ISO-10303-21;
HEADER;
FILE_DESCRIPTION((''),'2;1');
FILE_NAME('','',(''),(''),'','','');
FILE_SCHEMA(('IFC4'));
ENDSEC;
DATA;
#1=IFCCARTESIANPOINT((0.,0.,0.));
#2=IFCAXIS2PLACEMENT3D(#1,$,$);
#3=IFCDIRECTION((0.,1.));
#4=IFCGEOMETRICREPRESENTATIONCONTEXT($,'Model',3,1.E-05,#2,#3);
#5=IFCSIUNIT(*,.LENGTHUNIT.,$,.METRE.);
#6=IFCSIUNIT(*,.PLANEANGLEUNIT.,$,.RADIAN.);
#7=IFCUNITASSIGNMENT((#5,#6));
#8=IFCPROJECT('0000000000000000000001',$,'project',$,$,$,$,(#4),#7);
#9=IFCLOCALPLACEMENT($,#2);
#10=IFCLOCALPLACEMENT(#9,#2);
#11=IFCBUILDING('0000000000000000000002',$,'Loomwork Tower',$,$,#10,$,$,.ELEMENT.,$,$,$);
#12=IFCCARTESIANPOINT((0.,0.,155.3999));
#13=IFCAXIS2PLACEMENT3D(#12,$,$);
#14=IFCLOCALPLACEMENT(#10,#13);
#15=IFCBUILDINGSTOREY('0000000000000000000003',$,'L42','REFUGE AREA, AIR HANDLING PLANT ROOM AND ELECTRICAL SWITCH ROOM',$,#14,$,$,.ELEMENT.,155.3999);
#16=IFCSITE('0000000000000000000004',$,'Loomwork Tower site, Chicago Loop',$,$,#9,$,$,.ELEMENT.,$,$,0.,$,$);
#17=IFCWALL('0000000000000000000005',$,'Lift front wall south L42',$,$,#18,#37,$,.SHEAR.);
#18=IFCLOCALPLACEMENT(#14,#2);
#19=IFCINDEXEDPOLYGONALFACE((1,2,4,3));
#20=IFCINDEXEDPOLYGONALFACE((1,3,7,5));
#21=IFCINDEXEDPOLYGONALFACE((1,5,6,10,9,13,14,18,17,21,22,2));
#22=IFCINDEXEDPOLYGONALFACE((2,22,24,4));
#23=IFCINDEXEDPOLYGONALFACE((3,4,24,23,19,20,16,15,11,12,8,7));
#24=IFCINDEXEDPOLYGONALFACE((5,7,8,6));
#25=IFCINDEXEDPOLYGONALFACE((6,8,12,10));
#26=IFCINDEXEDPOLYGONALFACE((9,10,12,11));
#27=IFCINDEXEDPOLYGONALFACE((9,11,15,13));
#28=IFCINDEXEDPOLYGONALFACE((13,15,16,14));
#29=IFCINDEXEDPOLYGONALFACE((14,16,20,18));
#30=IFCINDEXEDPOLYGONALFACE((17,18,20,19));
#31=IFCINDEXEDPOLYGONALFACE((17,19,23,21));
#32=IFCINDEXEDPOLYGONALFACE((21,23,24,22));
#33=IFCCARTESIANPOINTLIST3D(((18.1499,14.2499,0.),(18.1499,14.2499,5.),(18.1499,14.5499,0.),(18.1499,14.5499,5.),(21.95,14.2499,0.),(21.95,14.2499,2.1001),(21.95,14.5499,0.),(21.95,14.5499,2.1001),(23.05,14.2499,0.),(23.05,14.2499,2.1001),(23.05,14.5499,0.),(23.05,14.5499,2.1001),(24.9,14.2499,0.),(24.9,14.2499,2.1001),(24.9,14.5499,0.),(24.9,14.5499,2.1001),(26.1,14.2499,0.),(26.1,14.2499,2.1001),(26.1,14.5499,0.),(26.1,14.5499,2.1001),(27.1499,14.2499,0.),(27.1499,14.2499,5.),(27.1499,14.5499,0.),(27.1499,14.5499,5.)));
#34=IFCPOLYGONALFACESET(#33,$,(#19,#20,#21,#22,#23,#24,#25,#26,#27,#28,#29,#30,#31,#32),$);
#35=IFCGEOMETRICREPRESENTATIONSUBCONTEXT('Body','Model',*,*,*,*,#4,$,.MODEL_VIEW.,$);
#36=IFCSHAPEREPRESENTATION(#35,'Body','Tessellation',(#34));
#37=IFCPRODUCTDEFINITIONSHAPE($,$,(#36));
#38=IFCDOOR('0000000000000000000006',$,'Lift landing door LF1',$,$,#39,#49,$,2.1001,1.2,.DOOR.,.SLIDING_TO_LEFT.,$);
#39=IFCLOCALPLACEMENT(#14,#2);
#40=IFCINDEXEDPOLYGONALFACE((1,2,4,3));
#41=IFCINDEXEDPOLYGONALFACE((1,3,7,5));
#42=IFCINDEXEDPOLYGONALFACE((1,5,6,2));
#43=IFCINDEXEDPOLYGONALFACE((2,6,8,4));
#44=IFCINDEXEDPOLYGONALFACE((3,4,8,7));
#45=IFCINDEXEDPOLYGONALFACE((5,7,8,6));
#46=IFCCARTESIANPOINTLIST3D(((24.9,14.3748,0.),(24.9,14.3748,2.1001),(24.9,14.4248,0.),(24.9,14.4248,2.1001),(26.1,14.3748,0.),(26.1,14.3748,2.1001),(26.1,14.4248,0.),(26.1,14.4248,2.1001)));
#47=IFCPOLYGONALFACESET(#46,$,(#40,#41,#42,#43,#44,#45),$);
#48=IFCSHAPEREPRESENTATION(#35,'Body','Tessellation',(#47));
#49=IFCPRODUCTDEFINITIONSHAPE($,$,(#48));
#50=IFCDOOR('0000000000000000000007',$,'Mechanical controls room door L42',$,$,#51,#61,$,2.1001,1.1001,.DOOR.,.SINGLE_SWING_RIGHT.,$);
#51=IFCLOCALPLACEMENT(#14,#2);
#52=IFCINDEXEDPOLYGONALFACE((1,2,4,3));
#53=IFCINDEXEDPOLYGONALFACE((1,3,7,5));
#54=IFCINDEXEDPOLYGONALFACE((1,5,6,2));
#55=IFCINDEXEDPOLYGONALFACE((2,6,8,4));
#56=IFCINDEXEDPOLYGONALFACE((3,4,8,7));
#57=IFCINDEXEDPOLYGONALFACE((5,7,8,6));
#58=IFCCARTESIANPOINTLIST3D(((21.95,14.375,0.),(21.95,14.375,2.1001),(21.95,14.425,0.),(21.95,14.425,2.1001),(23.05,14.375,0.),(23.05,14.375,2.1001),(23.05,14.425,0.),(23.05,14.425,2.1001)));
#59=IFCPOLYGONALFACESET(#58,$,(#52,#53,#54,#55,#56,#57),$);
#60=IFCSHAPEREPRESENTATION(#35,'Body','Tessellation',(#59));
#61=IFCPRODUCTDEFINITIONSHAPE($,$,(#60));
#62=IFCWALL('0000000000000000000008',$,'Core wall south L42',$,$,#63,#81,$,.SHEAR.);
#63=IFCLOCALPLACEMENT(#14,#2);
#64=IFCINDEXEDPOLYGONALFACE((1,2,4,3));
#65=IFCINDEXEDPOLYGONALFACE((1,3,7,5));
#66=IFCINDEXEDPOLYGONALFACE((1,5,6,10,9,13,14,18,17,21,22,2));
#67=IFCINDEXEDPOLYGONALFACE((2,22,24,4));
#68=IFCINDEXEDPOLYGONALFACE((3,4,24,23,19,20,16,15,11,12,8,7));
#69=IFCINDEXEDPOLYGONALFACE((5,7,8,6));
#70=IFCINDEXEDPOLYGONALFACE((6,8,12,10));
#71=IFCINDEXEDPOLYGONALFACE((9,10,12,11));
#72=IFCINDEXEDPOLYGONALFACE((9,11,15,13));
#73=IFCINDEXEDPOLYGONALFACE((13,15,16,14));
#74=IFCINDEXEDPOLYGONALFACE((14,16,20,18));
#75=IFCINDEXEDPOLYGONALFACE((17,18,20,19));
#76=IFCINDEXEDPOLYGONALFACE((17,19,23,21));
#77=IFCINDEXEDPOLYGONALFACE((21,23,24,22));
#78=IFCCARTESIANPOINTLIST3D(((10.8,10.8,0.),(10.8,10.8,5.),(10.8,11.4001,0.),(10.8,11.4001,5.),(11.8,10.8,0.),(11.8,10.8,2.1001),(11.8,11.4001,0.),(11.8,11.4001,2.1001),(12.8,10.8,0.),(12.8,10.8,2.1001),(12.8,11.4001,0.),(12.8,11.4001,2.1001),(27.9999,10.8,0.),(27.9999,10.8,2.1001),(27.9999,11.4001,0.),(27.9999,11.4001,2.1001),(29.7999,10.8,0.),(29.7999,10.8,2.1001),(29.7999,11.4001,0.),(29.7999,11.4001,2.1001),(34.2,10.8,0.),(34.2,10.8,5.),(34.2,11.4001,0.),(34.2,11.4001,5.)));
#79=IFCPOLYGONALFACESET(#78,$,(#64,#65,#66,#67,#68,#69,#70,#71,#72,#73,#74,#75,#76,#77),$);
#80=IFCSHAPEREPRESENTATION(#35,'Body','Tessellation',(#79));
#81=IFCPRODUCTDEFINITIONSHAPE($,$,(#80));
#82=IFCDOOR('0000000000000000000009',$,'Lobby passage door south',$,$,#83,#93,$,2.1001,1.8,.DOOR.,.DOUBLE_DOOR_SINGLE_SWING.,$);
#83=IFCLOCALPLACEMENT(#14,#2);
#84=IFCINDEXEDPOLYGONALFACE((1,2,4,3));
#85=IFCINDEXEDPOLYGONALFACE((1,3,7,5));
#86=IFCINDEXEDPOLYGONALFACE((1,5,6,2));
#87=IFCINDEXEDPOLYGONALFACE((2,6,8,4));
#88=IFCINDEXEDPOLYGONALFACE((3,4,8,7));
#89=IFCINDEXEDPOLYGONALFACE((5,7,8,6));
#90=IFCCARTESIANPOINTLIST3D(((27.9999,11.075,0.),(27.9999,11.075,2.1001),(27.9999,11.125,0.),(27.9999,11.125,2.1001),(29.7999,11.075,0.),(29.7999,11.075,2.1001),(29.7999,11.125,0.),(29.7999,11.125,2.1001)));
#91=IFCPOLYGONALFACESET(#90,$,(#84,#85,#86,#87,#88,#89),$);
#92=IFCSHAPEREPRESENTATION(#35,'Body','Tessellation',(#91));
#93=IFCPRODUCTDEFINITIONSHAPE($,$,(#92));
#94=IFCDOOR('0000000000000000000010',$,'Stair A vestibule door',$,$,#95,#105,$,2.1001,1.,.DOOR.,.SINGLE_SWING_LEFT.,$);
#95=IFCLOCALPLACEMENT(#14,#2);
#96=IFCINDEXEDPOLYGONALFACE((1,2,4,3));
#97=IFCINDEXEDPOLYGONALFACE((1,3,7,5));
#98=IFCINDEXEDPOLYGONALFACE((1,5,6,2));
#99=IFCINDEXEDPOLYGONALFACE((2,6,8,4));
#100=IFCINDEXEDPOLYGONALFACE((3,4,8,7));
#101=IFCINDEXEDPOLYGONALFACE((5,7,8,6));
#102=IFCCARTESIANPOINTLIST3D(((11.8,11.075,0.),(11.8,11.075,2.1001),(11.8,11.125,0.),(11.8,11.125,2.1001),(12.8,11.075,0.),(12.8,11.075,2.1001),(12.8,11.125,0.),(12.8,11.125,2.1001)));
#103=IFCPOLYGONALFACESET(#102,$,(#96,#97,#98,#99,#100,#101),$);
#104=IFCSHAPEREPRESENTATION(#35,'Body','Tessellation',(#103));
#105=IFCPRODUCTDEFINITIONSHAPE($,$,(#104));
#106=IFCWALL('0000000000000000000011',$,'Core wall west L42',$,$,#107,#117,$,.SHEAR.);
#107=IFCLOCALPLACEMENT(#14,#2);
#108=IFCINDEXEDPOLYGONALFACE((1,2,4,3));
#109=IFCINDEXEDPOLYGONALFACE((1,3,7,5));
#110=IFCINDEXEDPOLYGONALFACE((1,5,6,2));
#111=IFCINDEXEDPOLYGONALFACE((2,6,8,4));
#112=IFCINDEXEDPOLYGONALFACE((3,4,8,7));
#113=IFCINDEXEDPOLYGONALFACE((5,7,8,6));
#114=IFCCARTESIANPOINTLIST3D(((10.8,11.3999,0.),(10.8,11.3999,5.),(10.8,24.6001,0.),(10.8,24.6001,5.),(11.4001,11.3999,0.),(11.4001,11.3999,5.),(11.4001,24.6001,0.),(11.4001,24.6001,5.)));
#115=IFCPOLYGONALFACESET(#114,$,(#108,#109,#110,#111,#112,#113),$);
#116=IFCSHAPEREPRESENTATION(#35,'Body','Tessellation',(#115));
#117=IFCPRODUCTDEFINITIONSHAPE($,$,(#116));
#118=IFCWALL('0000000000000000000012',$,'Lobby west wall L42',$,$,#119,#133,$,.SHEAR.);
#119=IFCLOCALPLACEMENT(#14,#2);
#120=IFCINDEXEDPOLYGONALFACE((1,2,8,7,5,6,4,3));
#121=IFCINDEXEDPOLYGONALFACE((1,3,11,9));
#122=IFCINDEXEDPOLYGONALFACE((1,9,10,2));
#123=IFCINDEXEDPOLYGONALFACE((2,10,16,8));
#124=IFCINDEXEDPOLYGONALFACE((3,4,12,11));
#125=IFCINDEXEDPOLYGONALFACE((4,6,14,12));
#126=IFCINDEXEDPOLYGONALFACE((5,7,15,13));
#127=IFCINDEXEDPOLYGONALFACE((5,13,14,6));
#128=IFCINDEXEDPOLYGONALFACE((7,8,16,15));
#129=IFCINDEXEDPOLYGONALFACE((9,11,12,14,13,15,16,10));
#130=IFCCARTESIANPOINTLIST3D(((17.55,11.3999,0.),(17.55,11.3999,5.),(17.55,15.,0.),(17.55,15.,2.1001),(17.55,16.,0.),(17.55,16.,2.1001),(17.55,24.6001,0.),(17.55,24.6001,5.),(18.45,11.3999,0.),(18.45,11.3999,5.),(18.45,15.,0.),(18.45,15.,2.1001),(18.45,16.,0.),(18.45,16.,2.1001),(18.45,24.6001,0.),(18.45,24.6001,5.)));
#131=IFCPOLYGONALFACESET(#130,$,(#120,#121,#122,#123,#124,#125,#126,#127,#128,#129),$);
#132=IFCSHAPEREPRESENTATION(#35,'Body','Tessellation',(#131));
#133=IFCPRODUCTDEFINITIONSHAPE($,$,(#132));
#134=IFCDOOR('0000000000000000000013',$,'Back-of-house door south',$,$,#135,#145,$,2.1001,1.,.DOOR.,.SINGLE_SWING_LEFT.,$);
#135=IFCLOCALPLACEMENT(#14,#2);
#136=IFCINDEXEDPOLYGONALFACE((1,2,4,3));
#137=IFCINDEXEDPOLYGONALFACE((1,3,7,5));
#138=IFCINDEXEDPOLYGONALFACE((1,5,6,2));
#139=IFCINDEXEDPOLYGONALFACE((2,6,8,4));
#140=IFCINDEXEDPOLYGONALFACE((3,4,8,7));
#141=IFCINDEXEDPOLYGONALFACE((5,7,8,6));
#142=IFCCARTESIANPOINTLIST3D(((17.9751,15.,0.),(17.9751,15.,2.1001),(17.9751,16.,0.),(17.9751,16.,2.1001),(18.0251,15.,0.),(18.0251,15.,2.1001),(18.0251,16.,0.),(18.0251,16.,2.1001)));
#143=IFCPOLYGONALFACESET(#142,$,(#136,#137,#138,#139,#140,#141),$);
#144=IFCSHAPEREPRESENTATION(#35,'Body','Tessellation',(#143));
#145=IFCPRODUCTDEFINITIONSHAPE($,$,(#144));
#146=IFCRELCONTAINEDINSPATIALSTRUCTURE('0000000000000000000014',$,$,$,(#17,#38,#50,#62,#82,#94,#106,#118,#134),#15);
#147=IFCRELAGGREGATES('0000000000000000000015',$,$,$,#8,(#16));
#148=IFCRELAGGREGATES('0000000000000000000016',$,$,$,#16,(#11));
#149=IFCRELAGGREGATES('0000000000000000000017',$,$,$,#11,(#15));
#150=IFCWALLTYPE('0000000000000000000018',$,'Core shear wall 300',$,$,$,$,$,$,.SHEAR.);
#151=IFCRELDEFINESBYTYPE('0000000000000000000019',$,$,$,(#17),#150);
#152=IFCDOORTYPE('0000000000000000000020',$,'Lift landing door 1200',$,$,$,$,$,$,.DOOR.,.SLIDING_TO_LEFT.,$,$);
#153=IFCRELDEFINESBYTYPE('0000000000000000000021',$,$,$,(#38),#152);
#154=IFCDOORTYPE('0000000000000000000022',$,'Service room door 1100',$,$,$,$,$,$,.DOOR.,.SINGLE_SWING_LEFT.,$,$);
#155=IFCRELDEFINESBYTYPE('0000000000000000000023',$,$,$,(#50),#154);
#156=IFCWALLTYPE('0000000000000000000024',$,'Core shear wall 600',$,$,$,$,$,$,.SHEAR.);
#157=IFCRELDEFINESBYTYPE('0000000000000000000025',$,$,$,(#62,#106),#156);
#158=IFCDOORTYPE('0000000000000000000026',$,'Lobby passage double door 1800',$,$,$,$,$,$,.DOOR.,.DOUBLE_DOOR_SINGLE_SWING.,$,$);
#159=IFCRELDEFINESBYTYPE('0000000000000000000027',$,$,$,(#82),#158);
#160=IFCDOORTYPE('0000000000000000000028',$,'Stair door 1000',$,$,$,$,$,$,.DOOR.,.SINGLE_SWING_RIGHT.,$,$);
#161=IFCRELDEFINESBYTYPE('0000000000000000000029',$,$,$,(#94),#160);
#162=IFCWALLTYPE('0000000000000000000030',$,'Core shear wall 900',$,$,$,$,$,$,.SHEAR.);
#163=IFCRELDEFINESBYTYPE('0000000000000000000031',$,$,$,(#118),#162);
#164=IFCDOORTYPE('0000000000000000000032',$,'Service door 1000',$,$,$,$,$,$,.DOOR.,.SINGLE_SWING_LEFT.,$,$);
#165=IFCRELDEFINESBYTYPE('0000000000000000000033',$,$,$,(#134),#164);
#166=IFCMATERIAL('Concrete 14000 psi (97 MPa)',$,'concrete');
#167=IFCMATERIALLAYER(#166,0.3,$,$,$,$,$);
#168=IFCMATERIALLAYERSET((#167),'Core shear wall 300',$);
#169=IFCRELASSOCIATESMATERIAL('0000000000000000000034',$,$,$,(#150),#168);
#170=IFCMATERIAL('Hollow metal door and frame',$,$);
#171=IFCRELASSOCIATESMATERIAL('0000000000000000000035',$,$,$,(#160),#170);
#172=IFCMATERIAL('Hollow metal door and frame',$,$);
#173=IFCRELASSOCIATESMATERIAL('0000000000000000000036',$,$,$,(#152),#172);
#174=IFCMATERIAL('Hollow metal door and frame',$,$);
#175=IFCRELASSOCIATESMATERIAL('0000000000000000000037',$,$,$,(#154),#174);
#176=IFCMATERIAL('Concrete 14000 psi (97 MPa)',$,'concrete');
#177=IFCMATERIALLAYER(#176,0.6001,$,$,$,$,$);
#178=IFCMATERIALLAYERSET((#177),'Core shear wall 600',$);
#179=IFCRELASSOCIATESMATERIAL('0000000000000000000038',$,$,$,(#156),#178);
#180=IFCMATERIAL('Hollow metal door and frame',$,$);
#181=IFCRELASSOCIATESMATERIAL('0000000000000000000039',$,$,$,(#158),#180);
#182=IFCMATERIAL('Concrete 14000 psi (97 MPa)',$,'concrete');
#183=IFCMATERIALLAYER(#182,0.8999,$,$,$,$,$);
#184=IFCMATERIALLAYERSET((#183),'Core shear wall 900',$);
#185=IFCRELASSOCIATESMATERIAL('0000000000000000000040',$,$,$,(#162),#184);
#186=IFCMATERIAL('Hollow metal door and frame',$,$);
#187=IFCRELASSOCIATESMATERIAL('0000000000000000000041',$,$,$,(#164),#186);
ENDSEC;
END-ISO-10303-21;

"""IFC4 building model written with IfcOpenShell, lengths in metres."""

from ifc_helpers import new_model, si_unit, direction, frame, frame_2d, origin, place, context, subcontext, project, spatial, rectangle, extrude, material, layer, layer_set, type_object, element, fill, save


model = new_model("IFC4")

# Units and contexts
model_context = context("Model", 3, precision=1e-05, world=origin(), true_north=direction((0.0, 1.0)))
body_context = subcontext(model_context, "Body", "Model", "MODEL_VIEW")
ifc_project = project(units=[si_unit("LENGTHUNIT", "METRE"), si_unit("PLANEANGLEUNIT", "RADIAN")], contexts=[model_context])

# Site, building, storey
site_placement = place(None, origin())
site = spatial("IfcSite", under=ifc_project, at=site_placement, Name="Loomwork Tower site, Chicago Loop", CompositionType="ELEMENT", RefElevation=0.0)
building_placement = place(site_placement, origin())
building = spatial("IfcBuilding", under=site, at=building_placement, Name="Loomwork Tower", CompositionType="ELEMENT")
storey_placement = place(building_placement, frame((0.0, 0.0, 155.3999)))
storey = spatial("IfcBuildingStorey", under=building, at=storey_placement, Name="L42", Description="REFUGE AREA, AIR HANDLING PLANT ROOM AND ELECTRICAL SWITCH ROOM", CompositionType="ELEMENT", Elevation=155.3999)

# Shared definitions
ifc_material_1 = material(Name="Concrete 14000 psi (97 MPa)", Category="concrete")
ifc_layer_1 = layer(ifc_material_1, 0.3)
ifc_layer_set_1 = layer_set([ifc_layer_1], Name="Core shear wall 300")
wall_type_1 = type_object("IfcWallType", Name="Core shear wall 300", PredefinedType="SHEAR", material=ifc_layer_set_1)

# Shared definitions
ifc_material_2 = material(Name="Hollow metal door and frame")
door_type_1 = type_object("IfcDoorType", Name="Stair door 1000", OperationType="SINGLE_SWING_RIGHT", PredefinedType="DOOR", material=ifc_material_2)

# Walls, openings, doors
wall_1_placement = place(storey_placement, frame((18.1499, 14.3999, 0.0), z_axis=(0.0, 0.0, 1.0), x_axis=(1.0, 0.0, 0.0)))
wall_1 = element("IfcWall", 1, at=wall_1_placement, inside=storey, type_object=wall_type_1, Name="Lift front wall south L42", PredefinedType="SHEAR", context=body_context, shape_type="SweptSolid", body=[
    extrude(rectangle(XDim=9.0, YDim=0.3, at=frame_2d((4.5, 0.0))), origin(), (0.0, 0.0, 1.0), 5.0),
])
opening_1_placement = place(wall_1_placement, frame((6.75, 0.0, 0.0)))
opening_1 = element("IfcOpeningElement", 2, at=opening_1_placement, cuts=wall_1, PredefinedType="OPENING", context=body_context, shape_type="SweptSolid", body=[
    extrude(rectangle(XDim=1.2, YDim=2.1001, at=frame_2d((0.6001, 1.05))), frame((0.0, 0.1599, 0.0), z_axis=(0.0, -1.0, 0.0), x_axis=(1.0, 0.0, 0.0)), (0.0, 0.0, 1.0), 0.3201),
])
opening_2_placement = place(wall_1_placement, frame((3.8, 0.0, 0.0)))
opening_2 = element("IfcOpeningElement", 3, at=opening_2_placement, cuts=wall_1, PredefinedType="OPENING", context=body_context, shape_type="SweptSolid", body=[
    extrude(rectangle(XDim=1.1001, YDim=2.1001, at=frame_2d((0.55, 1.05))), frame((0.0, 0.1599, 0.0), z_axis=(0.0, -1.0, 0.0), x_axis=(1.0, 0.0, 0.0)), (0.0, 0.0, 1.0), 0.3201),
])
ifc_material_3 = material(Name="Hollow metal door and frame")
door_type_2 = type_object("IfcDoorType", Name="Lift landing door 1200", OperationType="SLIDING_TO_LEFT", PredefinedType="DOOR", material=ifc_material_3)
door_1_placement = place(opening_1_placement, origin())
door_1 = element("IfcDoor", 4, at=door_1_placement, inside=storey, type_object=door_type_2, Name="Lift landing door LF1", OperationType="SLIDING_TO_LEFT", OverallHeight=2.1001, OverallWidth=1.2, PredefinedType="DOOR", context=body_context, shape_type="SweptSolid", body=[
    extrude(rectangle(XDim=1.2, YDim=2.1001, at=frame_2d((0.6001, 1.05))), frame((0.0, 0.0249, 0.0), z_axis=(0.0, -1.0, 0.0), x_axis=(1.0, 0.0, 0.0)), (0.0, 0.0, 1.0), 0.05),
])
fill(opening_1, door_1)
ifc_material_4 = material(Name="Hollow metal door and frame")
door_type_3 = type_object("IfcDoorType", Name="Service room door 1100", OperationType="SINGLE_SWING_LEFT", PredefinedType="DOOR", material=ifc_material_4)
door_2_placement = place(opening_2_placement, frame((1.1001, 0.0, 0.0), z_axis=(0.0, 0.0, 1.0), x_axis=(-1.0, 0.0, 0.0)))
door_2 = element("IfcDoor", 5, at=door_2_placement, inside=storey, type_object=door_type_3, Name="Mechanical controls room door L42", OperationType="SINGLE_SWING_RIGHT", OverallHeight=2.1001, OverallWidth=1.1001, PredefinedType="DOOR", context=body_context, shape_type="SweptSolid", body=[
    extrude(rectangle(XDim=1.1001, YDim=2.1001, at=frame_2d((0.55, 1.05))), frame((0.0, 0.0249, 0.0), z_axis=(0.0, -1.0, 0.0), x_axis=(1.0, 0.0, 0.0)), (0.0, 0.0, 1.0), 0.05),
])
fill(opening_2, door_2)
ifc_material_5 = material(Name="Concrete 14000 psi (97 MPa)", Category="concrete")
ifc_layer_2 = layer(ifc_material_5, 0.6001)
ifc_layer_set_2 = layer_set([ifc_layer_2], Name="Core shear wall 600")
wall_type_2 = type_object("IfcWallType", Name="Core shear wall 600", PredefinedType="SHEAR", material=ifc_layer_set_2)
wall_2_placement = place(storey_placement, frame((10.8, 11.1001, 0.0), z_axis=(0.0, 0.0, 1.0), x_axis=(1.0, 0.0, 0.0)))
wall_2 = element("IfcWall", 6, at=wall_2_placement, inside=storey, type_object=wall_type_2, Name="Core wall south L42", PredefinedType="SHEAR", context=body_context, shape_type="SweptSolid", body=[
    extrude(rectangle(XDim=23.3999, YDim=0.6001, at=frame_2d((11.7, 0.0))), origin(), (0.0, 0.0, 1.0), 5.0),
])
opening_3_placement = place(wall_2_placement, frame((1.0, 0.0, 0.0)))
opening_3 = element("IfcOpeningElement", 7, at=opening_3_placement, cuts=wall_2, PredefinedType="OPENING", context=body_context, shape_type="SweptSolid", body=[
    extrude(rectangle(XDim=1.0, YDim=2.1001, at=frame_2d((0.5, 1.05))), frame((0.0, 0.3101, 0.0), z_axis=(0.0, -1.0, 0.0), x_axis=(1.0, 0.0, 0.0)), (0.0, 0.0, 1.0), 0.6201),
])
opening_4_placement = place(wall_2_placement, frame((17.2, 0.0, 0.0)))
opening_4 = element("IfcOpeningElement", 8, at=opening_4_placement, cuts=wall_2, PredefinedType="OPENING", context=body_context, shape_type="SweptSolid", body=[
    extrude(rectangle(XDim=1.8, YDim=2.1001, at=frame_2d((0.8999, 1.05))), frame((0.0, 0.3101, 0.0), z_axis=(0.0, -1.0, 0.0), x_axis=(1.0, 0.0, 0.0)), (0.0, 0.0, 1.0), 0.6201),
])
ifc_material_6 = material(Name="Hollow metal door and frame")
door_type_4 = type_object("IfcDoorType", Name="Lobby passage double door 1800", OperationType="DOUBLE_DOOR_SINGLE_SWING", PredefinedType="DOOR", material=ifc_material_6)
door_3_placement = place(opening_4_placement, origin())
door_3 = element("IfcDoor", 9, at=door_3_placement, inside=storey, type_object=door_type_4, Name="Lobby passage door south", OperationType="DOUBLE_DOOR_SINGLE_SWING", OverallHeight=2.1001, OverallWidth=1.8, PredefinedType="DOOR", context=body_context, shape_type="SweptSolid", body=[
    extrude(rectangle(XDim=1.8, YDim=2.1001, at=frame_2d((0.8999, 1.05))), frame((0.0, 0.0249, 0.0), z_axis=(0.0, -1.0, 0.0), x_axis=(1.0, 0.0, 0.0)), (0.0, 0.0, 1.0), 0.05),
])
fill(opening_4, door_3)
door_4_placement = place(opening_3_placement, origin())
door_4 = element("IfcDoor", 10, at=door_4_placement, inside=storey, type_object=door_type_1, Name="Stair A vestibule door", OperationType="SINGLE_SWING_LEFT", OverallHeight=2.1001, OverallWidth=1.0, PredefinedType="DOOR", context=body_context, shape_type="SweptSolid", body=[
    extrude(rectangle(XDim=1.0, YDim=2.1001, at=frame_2d((0.5, 1.05))), frame((0.0, 0.0249, 0.0), z_axis=(0.0, -1.0, 0.0), x_axis=(1.0, 0.0, 0.0)), (0.0, 0.0, 1.0), 0.05),
])
fill(opening_3, door_4)

# Wall
wall_3_placement = place(storey_placement, frame((11.1001, 11.3999, 0.0), z_axis=(0.0, 0.0, 1.0), x_axis=(0.0, 1.0, 0.0)))
element("IfcWall", 11, at=wall_3_placement, inside=storey, type_object=wall_type_2, Name="Core wall west L42", PredefinedType="SHEAR", context=body_context, shape_type="SweptSolid", body=[
    extrude(rectangle(XDim=13.2002, YDim=0.6001, at=frame_2d((6.6001, 0.0))), origin(), (0.0, 0.0, 1.0), 5.0),
])

# Wall, opening, door
ifc_material_7 = material(Name="Concrete 14000 psi (97 MPa)", Category="concrete")
ifc_layer_3 = layer(ifc_material_7, 0.8999)
ifc_layer_set_3 = layer_set([ifc_layer_3], Name="Core shear wall 900")
wall_type_3 = type_object("IfcWallType", Name="Core shear wall 900", PredefinedType="SHEAR", material=ifc_layer_set_3)
wall_4_placement = place(storey_placement, frame((18.0, 11.3999, 0.0), z_axis=(0.0, 0.0, 1.0), x_axis=(0.0, 1.0, 0.0)))
wall_4 = element("IfcWall", 12, at=wall_4_placement, inside=storey, type_object=wall_type_3, Name="Lobby west wall L42", PredefinedType="SHEAR", context=body_context, shape_type="SweptSolid", body=[
    extrude(rectangle(XDim=13.2002, YDim=0.8999, at=frame_2d((6.6001, 0.0))), origin(), (0.0, 0.0, 1.0), 5.0),
])
opening_5_placement = place(wall_4_placement, frame((3.6001, 0.0, 0.0)))
opening_5 = element("IfcOpeningElement", 13, at=opening_5_placement, cuts=wall_4, PredefinedType="OPENING", context=body_context, shape_type="SweptSolid", body=[
    extrude(rectangle(XDim=1.0, YDim=2.1001, at=frame_2d((0.5, 1.05))), frame((0.0, 0.46, 0.0), z_axis=(0.0, -1.0, 0.0), x_axis=(1.0, 0.0, 0.0)), (0.0, 0.0, 1.0), 0.9199),
])
ifc_material_8 = material(Name="Hollow metal door and frame")
door_type_5 = type_object("IfcDoorType", Name="Service door 1000", OperationType="SINGLE_SWING_LEFT", PredefinedType="DOOR", material=ifc_material_8)
door_5_placement = place(opening_5_placement, origin())
door_5 = element("IfcDoor", 14, at=door_5_placement, inside=storey, type_object=door_type_5, Name="Back-of-house door south", OperationType="SINGLE_SWING_LEFT", OverallHeight=2.1001, OverallWidth=1.0, PredefinedType="DOOR", context=body_context, shape_type="SweptSolid", body=[
    extrude(rectangle(XDim=1.0, YDim=2.1001, at=frame_2d((0.5, 1.05))), frame((0.0, 0.0249, 0.0), z_axis=(0.0, -1.0, 0.0), x_axis=(1.0, 0.0, 0.0)), (0.0, 0.0, 1.0), 0.05),
])
fill(opening_5, door_5)

save(model, "model.ifc")
